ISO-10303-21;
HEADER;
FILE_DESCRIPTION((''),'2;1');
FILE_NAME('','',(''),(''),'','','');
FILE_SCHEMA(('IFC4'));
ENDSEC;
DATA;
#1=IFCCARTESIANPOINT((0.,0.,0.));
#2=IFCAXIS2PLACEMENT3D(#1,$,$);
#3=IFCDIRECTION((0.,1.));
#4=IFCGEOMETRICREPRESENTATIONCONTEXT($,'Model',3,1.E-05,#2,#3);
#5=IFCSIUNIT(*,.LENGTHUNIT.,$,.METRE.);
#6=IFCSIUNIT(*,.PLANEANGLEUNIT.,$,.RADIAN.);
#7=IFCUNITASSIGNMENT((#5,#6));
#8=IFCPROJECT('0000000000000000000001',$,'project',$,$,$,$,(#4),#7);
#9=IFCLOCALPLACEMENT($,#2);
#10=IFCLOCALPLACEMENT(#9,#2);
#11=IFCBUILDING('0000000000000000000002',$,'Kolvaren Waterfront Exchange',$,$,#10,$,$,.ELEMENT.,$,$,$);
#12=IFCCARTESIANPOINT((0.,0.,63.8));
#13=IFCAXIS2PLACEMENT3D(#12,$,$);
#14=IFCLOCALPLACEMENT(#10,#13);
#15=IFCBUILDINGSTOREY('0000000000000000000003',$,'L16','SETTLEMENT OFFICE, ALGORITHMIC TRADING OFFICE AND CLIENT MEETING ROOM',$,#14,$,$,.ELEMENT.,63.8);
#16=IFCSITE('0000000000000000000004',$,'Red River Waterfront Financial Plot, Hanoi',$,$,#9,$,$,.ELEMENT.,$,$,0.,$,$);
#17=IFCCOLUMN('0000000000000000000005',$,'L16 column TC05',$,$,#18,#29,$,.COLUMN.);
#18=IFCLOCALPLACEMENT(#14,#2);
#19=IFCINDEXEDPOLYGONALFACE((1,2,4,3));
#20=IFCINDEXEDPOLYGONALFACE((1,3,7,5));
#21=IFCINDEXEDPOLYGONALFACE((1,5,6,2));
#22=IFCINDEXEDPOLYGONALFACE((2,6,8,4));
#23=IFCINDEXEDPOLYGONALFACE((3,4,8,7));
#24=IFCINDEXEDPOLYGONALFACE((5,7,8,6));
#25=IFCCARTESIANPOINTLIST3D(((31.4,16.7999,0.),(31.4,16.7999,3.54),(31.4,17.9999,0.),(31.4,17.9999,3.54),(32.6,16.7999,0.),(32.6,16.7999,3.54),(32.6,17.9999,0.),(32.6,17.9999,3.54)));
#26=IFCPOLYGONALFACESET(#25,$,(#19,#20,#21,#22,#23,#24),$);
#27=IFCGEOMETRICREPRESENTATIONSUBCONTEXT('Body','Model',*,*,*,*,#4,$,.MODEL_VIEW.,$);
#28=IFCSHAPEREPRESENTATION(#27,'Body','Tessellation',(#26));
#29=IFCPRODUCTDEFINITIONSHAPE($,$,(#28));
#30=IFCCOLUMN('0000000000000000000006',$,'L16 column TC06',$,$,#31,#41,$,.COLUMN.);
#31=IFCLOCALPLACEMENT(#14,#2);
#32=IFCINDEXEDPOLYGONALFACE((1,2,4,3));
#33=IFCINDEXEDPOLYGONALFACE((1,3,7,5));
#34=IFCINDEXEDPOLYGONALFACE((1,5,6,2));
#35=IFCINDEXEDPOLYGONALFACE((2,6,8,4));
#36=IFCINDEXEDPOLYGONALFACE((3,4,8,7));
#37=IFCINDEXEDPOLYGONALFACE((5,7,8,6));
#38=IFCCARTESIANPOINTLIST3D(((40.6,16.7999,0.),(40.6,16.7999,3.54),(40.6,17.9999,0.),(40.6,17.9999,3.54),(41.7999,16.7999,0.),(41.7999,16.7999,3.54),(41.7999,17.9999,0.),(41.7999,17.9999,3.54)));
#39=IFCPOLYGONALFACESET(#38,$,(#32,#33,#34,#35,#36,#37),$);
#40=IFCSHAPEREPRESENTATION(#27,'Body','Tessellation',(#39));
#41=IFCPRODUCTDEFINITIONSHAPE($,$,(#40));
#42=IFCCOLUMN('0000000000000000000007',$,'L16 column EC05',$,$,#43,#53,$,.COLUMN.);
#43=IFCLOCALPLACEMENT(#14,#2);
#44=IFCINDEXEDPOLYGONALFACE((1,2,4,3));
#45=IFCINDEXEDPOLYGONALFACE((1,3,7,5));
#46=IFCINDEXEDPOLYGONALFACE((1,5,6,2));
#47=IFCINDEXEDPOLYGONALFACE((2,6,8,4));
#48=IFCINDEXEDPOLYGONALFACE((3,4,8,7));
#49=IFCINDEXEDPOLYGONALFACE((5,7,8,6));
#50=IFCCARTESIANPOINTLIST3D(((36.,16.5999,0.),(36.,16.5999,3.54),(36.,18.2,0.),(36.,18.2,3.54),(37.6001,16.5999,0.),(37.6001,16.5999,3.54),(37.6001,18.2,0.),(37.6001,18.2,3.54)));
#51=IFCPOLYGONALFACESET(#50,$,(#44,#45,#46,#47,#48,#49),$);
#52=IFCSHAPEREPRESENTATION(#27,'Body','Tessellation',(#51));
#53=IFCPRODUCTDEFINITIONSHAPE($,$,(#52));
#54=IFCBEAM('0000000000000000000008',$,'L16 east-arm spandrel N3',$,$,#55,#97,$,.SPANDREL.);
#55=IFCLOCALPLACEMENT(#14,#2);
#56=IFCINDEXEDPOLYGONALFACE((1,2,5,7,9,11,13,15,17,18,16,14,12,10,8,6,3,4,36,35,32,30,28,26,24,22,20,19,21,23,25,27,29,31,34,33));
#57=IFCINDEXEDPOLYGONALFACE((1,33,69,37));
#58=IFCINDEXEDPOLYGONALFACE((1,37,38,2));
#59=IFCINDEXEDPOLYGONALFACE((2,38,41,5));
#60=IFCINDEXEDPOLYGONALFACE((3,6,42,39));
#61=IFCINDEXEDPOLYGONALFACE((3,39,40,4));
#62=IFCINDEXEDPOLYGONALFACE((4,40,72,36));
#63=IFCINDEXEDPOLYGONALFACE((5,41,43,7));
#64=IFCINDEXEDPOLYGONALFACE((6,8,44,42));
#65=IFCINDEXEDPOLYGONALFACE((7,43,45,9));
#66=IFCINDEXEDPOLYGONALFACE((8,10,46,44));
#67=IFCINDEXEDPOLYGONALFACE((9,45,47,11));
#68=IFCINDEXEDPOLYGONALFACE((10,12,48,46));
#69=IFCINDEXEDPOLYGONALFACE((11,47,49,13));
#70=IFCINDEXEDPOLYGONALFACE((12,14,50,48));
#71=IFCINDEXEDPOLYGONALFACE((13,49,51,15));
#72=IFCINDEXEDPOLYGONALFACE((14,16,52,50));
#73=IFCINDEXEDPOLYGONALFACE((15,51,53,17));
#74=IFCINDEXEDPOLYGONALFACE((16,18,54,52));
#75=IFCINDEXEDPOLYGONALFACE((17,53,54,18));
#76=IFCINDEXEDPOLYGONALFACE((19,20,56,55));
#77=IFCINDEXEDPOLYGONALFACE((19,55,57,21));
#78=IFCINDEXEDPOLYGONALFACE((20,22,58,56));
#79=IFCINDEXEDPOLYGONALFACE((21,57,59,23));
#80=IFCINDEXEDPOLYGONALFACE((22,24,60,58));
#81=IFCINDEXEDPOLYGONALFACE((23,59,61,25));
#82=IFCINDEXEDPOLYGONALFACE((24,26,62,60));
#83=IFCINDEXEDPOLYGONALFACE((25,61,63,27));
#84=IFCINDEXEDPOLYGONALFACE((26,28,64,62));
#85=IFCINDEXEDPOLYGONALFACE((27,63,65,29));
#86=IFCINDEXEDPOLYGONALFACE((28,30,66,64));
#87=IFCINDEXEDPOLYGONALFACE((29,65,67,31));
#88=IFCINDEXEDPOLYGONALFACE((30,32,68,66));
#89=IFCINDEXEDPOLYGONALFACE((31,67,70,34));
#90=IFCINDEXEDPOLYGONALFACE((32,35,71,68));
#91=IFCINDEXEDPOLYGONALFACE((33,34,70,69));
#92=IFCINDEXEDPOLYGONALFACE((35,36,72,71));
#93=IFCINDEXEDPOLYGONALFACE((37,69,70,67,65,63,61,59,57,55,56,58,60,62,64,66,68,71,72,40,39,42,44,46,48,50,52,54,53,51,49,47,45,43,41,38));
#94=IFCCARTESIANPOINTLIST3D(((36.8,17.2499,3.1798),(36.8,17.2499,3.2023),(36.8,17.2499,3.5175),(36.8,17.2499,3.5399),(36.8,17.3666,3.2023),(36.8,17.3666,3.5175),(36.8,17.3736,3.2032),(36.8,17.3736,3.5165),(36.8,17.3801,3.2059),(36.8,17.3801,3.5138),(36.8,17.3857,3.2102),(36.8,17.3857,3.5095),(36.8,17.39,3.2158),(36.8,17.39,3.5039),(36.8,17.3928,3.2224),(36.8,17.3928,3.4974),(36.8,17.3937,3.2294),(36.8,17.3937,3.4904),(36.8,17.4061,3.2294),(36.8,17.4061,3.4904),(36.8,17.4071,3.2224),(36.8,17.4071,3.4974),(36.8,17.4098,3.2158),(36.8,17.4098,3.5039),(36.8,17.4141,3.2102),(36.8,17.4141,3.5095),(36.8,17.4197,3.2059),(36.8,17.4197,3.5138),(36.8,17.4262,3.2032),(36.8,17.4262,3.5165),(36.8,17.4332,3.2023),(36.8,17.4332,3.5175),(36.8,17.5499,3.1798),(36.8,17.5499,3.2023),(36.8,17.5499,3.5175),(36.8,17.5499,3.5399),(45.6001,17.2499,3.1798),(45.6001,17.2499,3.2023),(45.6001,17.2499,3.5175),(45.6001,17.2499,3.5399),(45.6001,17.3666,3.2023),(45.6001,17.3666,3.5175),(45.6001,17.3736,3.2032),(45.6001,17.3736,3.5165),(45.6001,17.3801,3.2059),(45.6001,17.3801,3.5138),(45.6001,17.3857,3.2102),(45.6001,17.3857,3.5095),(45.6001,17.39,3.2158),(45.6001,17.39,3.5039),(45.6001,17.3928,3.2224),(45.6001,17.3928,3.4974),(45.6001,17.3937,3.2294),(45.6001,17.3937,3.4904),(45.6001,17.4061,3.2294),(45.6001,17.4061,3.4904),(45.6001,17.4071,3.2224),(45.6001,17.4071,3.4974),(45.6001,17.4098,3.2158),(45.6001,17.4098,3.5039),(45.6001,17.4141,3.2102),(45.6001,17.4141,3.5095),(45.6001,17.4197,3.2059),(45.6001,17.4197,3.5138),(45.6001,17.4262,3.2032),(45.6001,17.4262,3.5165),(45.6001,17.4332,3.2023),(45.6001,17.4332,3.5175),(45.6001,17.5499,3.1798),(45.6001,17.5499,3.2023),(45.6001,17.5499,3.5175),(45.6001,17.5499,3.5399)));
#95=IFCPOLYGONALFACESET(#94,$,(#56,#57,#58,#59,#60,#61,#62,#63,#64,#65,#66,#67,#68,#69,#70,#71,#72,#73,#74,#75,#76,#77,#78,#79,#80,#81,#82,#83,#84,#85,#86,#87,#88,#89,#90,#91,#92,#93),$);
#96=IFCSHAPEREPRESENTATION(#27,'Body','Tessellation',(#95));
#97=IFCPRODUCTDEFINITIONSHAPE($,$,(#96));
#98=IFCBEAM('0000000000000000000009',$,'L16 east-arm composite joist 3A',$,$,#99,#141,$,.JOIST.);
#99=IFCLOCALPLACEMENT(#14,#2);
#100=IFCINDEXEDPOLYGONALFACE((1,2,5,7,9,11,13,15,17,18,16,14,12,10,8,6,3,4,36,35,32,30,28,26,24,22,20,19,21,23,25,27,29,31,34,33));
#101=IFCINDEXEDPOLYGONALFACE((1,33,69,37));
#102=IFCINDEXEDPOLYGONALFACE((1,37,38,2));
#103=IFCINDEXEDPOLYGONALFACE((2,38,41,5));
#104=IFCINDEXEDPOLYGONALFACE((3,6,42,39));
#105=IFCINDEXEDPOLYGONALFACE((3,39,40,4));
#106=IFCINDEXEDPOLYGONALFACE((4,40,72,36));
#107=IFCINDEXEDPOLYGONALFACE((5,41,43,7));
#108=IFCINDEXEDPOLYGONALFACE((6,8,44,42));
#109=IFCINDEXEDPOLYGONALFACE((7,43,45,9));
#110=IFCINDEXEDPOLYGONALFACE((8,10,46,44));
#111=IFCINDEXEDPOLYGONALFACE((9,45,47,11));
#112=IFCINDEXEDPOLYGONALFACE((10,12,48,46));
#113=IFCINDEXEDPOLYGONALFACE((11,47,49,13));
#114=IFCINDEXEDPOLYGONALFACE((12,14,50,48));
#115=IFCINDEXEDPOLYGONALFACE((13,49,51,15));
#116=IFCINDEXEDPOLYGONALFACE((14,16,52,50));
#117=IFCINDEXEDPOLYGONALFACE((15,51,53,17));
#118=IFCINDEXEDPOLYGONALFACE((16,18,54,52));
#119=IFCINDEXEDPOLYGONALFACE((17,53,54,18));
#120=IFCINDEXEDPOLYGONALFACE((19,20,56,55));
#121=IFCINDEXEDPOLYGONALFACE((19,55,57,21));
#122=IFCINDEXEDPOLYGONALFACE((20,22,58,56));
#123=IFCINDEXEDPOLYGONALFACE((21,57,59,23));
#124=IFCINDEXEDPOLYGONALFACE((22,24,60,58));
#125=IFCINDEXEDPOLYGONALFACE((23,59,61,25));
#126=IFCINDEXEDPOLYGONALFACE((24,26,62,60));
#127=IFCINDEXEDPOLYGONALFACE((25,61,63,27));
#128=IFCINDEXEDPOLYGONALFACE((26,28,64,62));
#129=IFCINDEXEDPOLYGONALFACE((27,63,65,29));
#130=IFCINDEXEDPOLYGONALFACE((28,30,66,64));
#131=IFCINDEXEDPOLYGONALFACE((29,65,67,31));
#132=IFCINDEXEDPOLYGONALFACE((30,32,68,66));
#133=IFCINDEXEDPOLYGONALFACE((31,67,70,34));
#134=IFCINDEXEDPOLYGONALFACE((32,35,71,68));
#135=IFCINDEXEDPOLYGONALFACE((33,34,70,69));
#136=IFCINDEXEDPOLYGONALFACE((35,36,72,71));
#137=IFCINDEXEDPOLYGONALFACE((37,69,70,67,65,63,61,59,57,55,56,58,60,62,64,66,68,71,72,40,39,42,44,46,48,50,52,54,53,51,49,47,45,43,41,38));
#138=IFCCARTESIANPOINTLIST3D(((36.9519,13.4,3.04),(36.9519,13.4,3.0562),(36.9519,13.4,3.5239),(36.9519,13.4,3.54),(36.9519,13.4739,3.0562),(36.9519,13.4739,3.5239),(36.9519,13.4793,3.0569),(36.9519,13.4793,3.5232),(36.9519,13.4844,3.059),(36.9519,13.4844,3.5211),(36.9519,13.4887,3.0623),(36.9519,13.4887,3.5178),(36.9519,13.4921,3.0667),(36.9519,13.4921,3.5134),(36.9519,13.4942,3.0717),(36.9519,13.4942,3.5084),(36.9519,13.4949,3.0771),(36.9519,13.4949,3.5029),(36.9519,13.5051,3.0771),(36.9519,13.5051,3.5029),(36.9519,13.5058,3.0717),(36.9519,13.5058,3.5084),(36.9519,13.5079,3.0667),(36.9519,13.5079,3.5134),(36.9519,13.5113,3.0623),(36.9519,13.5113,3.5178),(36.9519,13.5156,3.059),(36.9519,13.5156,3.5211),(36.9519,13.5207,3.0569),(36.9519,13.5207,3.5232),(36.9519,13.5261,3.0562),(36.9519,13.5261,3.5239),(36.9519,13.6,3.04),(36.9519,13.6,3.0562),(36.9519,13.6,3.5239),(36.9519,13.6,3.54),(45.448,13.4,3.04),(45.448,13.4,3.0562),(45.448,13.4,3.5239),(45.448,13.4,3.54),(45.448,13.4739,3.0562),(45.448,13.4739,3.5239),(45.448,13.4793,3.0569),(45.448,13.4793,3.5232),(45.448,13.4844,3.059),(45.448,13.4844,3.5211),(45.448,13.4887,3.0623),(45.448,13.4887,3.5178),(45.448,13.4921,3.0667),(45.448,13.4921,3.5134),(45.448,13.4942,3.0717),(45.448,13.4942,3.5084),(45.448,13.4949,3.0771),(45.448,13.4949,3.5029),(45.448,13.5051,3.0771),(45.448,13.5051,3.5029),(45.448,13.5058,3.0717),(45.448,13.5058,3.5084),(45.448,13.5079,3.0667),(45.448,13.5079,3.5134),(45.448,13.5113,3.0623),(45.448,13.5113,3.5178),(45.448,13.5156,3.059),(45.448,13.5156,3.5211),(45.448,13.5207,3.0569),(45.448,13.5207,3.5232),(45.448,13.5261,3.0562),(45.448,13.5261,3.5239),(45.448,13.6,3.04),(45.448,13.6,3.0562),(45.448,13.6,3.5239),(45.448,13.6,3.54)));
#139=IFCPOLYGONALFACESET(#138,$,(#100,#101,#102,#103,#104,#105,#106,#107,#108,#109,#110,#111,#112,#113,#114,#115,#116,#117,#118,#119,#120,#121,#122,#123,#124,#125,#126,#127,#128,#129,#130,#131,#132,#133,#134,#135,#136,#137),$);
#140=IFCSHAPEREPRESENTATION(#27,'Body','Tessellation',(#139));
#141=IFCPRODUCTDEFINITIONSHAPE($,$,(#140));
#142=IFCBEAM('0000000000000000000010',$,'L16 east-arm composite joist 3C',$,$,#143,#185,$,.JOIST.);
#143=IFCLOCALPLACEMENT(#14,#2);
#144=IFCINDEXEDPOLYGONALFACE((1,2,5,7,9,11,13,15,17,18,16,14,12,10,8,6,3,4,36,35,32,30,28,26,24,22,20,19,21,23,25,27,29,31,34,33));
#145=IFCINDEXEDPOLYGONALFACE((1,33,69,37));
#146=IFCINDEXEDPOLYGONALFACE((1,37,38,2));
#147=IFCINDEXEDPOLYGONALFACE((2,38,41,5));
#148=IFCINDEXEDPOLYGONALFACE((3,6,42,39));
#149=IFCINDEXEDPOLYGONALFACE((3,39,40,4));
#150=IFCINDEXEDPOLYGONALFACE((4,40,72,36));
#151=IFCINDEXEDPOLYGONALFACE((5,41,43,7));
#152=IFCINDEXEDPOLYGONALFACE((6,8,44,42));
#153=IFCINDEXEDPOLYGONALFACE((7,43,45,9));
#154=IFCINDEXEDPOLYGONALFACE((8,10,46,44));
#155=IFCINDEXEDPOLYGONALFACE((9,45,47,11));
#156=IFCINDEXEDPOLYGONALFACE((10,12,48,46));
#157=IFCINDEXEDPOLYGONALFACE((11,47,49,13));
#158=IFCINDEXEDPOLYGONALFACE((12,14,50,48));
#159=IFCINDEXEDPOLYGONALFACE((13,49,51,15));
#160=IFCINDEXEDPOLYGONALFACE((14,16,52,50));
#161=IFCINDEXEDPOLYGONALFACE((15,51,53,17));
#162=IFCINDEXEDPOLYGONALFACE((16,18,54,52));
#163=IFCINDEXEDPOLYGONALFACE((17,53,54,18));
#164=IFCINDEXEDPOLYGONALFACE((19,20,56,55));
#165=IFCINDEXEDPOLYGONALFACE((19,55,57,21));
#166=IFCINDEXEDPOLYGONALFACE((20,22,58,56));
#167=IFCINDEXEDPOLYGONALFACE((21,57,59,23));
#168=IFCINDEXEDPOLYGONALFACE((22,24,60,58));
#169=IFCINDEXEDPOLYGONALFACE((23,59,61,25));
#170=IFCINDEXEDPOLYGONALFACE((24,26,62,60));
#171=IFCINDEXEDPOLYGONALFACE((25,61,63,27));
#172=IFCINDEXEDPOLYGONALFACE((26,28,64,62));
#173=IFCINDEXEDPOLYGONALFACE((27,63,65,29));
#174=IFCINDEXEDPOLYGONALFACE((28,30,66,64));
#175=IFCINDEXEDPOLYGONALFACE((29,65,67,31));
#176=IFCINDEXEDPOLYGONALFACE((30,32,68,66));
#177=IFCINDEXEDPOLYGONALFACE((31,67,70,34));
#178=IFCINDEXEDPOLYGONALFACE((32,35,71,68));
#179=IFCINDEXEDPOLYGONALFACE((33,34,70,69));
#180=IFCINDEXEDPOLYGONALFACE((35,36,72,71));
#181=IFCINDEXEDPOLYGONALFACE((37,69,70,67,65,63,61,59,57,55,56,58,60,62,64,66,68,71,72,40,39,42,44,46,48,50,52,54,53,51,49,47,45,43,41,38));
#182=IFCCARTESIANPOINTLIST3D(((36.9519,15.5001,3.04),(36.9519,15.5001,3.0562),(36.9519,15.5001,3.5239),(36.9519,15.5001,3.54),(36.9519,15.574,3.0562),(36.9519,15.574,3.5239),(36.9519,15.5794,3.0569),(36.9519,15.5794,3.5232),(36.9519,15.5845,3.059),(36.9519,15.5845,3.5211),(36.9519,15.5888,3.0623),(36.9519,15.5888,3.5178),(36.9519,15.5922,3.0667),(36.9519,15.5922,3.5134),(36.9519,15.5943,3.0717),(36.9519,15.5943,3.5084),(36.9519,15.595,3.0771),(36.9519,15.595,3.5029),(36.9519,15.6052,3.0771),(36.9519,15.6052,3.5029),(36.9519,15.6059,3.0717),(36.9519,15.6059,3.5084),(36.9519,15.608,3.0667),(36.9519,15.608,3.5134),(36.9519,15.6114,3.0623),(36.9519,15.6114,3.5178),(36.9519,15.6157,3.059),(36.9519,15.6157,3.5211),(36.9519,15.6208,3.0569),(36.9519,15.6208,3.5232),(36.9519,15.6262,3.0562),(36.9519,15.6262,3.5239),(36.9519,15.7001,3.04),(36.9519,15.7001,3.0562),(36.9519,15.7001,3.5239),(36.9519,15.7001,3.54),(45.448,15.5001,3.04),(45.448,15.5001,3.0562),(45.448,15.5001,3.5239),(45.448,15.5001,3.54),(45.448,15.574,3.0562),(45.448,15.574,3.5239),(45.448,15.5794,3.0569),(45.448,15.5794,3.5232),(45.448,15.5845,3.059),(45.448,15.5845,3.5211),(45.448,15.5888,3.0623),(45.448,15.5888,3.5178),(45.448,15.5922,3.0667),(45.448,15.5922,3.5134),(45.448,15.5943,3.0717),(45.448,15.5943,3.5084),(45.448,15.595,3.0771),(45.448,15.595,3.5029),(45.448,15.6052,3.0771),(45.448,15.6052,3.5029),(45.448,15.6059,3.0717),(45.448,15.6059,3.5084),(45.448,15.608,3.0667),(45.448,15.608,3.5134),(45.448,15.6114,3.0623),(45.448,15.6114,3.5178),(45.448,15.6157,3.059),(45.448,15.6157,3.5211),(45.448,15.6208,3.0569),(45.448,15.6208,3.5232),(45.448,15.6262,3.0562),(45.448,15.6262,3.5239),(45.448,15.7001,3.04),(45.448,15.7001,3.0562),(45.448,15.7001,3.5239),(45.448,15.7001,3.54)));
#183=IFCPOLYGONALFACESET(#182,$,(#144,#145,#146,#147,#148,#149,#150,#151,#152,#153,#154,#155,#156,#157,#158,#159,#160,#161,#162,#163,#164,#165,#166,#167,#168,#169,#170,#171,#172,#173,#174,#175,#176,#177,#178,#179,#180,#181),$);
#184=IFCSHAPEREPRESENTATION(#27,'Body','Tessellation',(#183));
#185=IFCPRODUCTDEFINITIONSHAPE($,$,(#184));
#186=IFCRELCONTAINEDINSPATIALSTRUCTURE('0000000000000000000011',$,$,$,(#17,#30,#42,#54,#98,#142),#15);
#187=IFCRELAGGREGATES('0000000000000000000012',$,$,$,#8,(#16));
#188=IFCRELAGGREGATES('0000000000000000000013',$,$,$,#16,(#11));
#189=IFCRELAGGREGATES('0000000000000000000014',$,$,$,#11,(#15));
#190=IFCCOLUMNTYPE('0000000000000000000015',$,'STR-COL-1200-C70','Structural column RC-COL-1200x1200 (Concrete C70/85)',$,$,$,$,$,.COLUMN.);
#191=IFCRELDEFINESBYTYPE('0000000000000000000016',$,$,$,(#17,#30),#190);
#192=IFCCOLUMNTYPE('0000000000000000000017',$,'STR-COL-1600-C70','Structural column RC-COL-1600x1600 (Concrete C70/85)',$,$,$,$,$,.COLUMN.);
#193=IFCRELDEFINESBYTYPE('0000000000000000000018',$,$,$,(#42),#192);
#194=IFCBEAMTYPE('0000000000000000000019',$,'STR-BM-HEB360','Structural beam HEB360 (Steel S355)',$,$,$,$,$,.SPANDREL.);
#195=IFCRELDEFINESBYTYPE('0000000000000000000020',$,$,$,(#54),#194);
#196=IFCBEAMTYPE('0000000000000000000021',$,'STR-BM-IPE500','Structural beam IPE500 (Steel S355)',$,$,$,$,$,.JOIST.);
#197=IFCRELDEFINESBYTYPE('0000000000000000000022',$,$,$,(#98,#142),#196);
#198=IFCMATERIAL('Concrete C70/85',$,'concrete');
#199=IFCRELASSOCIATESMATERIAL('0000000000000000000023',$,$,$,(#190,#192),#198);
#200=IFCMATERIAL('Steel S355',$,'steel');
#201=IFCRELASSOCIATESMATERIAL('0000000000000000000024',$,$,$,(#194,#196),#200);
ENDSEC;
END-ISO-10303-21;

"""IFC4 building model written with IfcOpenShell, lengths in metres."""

from ifc_helpers import new_model, si_unit, direction, frame, origin, origin_2d, place, context, subcontext, project, spatial, rectangle, i_section, extrude, material, material_profile, profile_set, type_object, element, save


model = new_model("IFC4")

# Units and contexts
model_context = context("Model", 3, precision=1e-05, world=origin(), true_north=direction((0.0, 1.0)))
body_context = subcontext(model_context, "Body", "Model", "MODEL_VIEW")
ifc_project = project(units=[si_unit("LENGTHUNIT", "METRE"), si_unit("PLANEANGLEUNIT", "RADIAN")], contexts=[model_context])

# Site, building, storey
site_placement = place(None, origin())
site = spatial("IfcSite", under=ifc_project, at=site_placement, Name="Red River Waterfront Financial Plot, Hanoi", CompositionType="ELEMENT", RefElevation=0.0)
building_placement = place(site_placement, origin())
building = spatial("IfcBuilding", under=site, at=building_placement, Name="Kolvaren Waterfront Exchange", CompositionType="ELEMENT")
storey_placement = place(building_placement, frame((0.0, 0.0, 63.8)))
storey = spatial("IfcBuildingStorey", under=building, at=storey_placement, Name="L16", Description="SETTLEMENT OFFICE, ALGORITHMIC TRADING OFFICE AND CLIENT MEETING ROOM", CompositionType="ELEMENT", Elevation=63.8)

# Columns
ifc_material_1 = material(Name="Concrete C70/85", Category="concrete")
ifc_material_profile_1 = material_profile(ifc_material_1, rectangle(XDim=1.2, YDim=1.2, at=origin_2d()), Name="RC-COL-1200x1200")
ifc_profile_set_1 = profile_set([ifc_material_profile_1], Name="Concrete C70/85")
column_type_1 = type_object("IfcColumnType", Name="STR-COL-1200-C70", Description="Structural column RC-COL-1200x1200 (Concrete C70/85)", PredefinedType="COLUMN", material=ifc_profile_set_1)
for number, where, z_axis, x_axis, name in (
    (1, (32.0, 17.3999, 0.0), (0.0, 0.0, 1.0), (1.0, 0.0, 0.0), "L16 column TC05"),
    (2, (41.2, 17.3999, 0.0), (0.0, 0.0, 1.0), (1.0, 0.0, 0.0), "L16 column TC06"),
):
    element("IfcColumn", number, at=place(storey_placement, frame(where, z_axis=z_axis, x_axis=x_axis)), inside=storey, type_object=column_type_1, Name=name, PredefinedType="COLUMN", context=body_context, shape_type="SweptSolid", body=[
        extrude(rectangle(XDim=1.2, YDim=1.2, at=origin_2d()), origin(), (0.0, 0.0, 1.0), 3.54),
    ])
ifc_material_profile_2 = material_profile(ifc_material_1, rectangle(XDim=1.6001, YDim=1.6001, at=origin_2d()), Name="RC-COL-1600x1600")
ifc_profile_set_2 = profile_set([ifc_material_profile_2], Name="Concrete C70/85")
column_type_2 = type_object("IfcColumnType", Name="STR-COL-1600-C70", Description="Structural column RC-COL-1600x1600 (Concrete C70/85)", PredefinedType="COLUMN", material=ifc_profile_set_2)
column_placement = place(storey_placement, frame((36.8, 17.3999, 0.0), z_axis=(0.0, 0.0, 1.0), x_axis=(1.0, 0.0, 0.0)))
element("IfcColumn", 3, at=column_placement, inside=storey, type_object=column_type_2, Name="L16 column EC05", PredefinedType="COLUMN", context=body_context, shape_type="SweptSolid", body=[
    extrude(rectangle(XDim=1.6001, YDim=1.6001, at=origin_2d()), origin(), (0.0, 0.0, 1.0), 3.54),
])

# Beams
ifc_material_2 = material(Name="Steel S355", Category="steel")
ifc_material_profile_3 = material_profile(ifc_material_2, i_section(OverallWidth=0.3, OverallDepth=0.3601, WebThickness=0.0125, FlangeThickness=0.0225, FilletRadius=0.0271, at=origin_2d()), Name="HEB360")
ifc_profile_set_3 = profile_set([ifc_material_profile_3], Name="Steel S355")
beam_type_1 = type_object("IfcBeamType", Name="STR-BM-HEB360", Description="Structural beam HEB360 (Steel S355)", PredefinedType="SPANDREL", material=ifc_profile_set_3)
beam_placement = place(storey_placement, frame((36.8, 17.3999, 3.3599), z_axis=(1.0, 0.0, 0.0), x_axis=(0.0, 1.0, 0.0)))
element("IfcBeam", 4, at=beam_placement, inside=storey, type_object=beam_type_1, Name="L16 east-arm spandrel N3", PredefinedType="SPANDREL", context=body_context, shape_type="SweptSolid", body=[
    extrude(i_section(OverallWidth=0.3, OverallDepth=0.3601, WebThickness=0.0125, FlangeThickness=0.0225, FilletRadius=0.0271, at=origin_2d()), origin(), (0.0, 0.0, 1.0), 8.8),
])
ifc_material_profile_4 = material_profile(ifc_material_2, i_section(OverallWidth=0.2, OverallDepth=0.5, WebThickness=0.0103, FlangeThickness=0.0161, FilletRadius=0.021, at=origin_2d()), Name="IPE500")
ifc_profile_set_4 = profile_set([ifc_material_profile_4], Name="Steel S355")
beam_type_2 = type_object("IfcBeamType", Name="STR-BM-IPE500", Description="Structural beam IPE500 (Steel S355)", PredefinedType="JOIST", material=ifc_profile_set_4)
for number, where, z_axis, x_axis, name in (
    (5, (36.9519, 13.5, 3.29), (1.0, 0.0, 0.0), (0.0, 1.0, 0.0), "L16 east-arm composite joist 3A"),
    (6, (36.9519, 15.6001, 3.29), (1.0, 0.0, 0.0), (0.0, 1.0, 0.0), "L16 east-arm composite joist 3C"),
):
    element("IfcBeam", number, at=place(storey_placement, frame(where, z_axis=z_axis, x_axis=x_axis)), inside=storey, type_object=beam_type_2, Name=name, PredefinedType="JOIST", context=body_context, shape_type="SweptSolid", body=[
        extrude(i_section(OverallWidth=0.2, OverallDepth=0.5, WebThickness=0.0103, FlangeThickness=0.0161, FilletRadius=0.021, at=origin_2d()), origin(), (0.0, 0.0, 1.0), 8.4961),
    ])

save(model, "model.ifc")
